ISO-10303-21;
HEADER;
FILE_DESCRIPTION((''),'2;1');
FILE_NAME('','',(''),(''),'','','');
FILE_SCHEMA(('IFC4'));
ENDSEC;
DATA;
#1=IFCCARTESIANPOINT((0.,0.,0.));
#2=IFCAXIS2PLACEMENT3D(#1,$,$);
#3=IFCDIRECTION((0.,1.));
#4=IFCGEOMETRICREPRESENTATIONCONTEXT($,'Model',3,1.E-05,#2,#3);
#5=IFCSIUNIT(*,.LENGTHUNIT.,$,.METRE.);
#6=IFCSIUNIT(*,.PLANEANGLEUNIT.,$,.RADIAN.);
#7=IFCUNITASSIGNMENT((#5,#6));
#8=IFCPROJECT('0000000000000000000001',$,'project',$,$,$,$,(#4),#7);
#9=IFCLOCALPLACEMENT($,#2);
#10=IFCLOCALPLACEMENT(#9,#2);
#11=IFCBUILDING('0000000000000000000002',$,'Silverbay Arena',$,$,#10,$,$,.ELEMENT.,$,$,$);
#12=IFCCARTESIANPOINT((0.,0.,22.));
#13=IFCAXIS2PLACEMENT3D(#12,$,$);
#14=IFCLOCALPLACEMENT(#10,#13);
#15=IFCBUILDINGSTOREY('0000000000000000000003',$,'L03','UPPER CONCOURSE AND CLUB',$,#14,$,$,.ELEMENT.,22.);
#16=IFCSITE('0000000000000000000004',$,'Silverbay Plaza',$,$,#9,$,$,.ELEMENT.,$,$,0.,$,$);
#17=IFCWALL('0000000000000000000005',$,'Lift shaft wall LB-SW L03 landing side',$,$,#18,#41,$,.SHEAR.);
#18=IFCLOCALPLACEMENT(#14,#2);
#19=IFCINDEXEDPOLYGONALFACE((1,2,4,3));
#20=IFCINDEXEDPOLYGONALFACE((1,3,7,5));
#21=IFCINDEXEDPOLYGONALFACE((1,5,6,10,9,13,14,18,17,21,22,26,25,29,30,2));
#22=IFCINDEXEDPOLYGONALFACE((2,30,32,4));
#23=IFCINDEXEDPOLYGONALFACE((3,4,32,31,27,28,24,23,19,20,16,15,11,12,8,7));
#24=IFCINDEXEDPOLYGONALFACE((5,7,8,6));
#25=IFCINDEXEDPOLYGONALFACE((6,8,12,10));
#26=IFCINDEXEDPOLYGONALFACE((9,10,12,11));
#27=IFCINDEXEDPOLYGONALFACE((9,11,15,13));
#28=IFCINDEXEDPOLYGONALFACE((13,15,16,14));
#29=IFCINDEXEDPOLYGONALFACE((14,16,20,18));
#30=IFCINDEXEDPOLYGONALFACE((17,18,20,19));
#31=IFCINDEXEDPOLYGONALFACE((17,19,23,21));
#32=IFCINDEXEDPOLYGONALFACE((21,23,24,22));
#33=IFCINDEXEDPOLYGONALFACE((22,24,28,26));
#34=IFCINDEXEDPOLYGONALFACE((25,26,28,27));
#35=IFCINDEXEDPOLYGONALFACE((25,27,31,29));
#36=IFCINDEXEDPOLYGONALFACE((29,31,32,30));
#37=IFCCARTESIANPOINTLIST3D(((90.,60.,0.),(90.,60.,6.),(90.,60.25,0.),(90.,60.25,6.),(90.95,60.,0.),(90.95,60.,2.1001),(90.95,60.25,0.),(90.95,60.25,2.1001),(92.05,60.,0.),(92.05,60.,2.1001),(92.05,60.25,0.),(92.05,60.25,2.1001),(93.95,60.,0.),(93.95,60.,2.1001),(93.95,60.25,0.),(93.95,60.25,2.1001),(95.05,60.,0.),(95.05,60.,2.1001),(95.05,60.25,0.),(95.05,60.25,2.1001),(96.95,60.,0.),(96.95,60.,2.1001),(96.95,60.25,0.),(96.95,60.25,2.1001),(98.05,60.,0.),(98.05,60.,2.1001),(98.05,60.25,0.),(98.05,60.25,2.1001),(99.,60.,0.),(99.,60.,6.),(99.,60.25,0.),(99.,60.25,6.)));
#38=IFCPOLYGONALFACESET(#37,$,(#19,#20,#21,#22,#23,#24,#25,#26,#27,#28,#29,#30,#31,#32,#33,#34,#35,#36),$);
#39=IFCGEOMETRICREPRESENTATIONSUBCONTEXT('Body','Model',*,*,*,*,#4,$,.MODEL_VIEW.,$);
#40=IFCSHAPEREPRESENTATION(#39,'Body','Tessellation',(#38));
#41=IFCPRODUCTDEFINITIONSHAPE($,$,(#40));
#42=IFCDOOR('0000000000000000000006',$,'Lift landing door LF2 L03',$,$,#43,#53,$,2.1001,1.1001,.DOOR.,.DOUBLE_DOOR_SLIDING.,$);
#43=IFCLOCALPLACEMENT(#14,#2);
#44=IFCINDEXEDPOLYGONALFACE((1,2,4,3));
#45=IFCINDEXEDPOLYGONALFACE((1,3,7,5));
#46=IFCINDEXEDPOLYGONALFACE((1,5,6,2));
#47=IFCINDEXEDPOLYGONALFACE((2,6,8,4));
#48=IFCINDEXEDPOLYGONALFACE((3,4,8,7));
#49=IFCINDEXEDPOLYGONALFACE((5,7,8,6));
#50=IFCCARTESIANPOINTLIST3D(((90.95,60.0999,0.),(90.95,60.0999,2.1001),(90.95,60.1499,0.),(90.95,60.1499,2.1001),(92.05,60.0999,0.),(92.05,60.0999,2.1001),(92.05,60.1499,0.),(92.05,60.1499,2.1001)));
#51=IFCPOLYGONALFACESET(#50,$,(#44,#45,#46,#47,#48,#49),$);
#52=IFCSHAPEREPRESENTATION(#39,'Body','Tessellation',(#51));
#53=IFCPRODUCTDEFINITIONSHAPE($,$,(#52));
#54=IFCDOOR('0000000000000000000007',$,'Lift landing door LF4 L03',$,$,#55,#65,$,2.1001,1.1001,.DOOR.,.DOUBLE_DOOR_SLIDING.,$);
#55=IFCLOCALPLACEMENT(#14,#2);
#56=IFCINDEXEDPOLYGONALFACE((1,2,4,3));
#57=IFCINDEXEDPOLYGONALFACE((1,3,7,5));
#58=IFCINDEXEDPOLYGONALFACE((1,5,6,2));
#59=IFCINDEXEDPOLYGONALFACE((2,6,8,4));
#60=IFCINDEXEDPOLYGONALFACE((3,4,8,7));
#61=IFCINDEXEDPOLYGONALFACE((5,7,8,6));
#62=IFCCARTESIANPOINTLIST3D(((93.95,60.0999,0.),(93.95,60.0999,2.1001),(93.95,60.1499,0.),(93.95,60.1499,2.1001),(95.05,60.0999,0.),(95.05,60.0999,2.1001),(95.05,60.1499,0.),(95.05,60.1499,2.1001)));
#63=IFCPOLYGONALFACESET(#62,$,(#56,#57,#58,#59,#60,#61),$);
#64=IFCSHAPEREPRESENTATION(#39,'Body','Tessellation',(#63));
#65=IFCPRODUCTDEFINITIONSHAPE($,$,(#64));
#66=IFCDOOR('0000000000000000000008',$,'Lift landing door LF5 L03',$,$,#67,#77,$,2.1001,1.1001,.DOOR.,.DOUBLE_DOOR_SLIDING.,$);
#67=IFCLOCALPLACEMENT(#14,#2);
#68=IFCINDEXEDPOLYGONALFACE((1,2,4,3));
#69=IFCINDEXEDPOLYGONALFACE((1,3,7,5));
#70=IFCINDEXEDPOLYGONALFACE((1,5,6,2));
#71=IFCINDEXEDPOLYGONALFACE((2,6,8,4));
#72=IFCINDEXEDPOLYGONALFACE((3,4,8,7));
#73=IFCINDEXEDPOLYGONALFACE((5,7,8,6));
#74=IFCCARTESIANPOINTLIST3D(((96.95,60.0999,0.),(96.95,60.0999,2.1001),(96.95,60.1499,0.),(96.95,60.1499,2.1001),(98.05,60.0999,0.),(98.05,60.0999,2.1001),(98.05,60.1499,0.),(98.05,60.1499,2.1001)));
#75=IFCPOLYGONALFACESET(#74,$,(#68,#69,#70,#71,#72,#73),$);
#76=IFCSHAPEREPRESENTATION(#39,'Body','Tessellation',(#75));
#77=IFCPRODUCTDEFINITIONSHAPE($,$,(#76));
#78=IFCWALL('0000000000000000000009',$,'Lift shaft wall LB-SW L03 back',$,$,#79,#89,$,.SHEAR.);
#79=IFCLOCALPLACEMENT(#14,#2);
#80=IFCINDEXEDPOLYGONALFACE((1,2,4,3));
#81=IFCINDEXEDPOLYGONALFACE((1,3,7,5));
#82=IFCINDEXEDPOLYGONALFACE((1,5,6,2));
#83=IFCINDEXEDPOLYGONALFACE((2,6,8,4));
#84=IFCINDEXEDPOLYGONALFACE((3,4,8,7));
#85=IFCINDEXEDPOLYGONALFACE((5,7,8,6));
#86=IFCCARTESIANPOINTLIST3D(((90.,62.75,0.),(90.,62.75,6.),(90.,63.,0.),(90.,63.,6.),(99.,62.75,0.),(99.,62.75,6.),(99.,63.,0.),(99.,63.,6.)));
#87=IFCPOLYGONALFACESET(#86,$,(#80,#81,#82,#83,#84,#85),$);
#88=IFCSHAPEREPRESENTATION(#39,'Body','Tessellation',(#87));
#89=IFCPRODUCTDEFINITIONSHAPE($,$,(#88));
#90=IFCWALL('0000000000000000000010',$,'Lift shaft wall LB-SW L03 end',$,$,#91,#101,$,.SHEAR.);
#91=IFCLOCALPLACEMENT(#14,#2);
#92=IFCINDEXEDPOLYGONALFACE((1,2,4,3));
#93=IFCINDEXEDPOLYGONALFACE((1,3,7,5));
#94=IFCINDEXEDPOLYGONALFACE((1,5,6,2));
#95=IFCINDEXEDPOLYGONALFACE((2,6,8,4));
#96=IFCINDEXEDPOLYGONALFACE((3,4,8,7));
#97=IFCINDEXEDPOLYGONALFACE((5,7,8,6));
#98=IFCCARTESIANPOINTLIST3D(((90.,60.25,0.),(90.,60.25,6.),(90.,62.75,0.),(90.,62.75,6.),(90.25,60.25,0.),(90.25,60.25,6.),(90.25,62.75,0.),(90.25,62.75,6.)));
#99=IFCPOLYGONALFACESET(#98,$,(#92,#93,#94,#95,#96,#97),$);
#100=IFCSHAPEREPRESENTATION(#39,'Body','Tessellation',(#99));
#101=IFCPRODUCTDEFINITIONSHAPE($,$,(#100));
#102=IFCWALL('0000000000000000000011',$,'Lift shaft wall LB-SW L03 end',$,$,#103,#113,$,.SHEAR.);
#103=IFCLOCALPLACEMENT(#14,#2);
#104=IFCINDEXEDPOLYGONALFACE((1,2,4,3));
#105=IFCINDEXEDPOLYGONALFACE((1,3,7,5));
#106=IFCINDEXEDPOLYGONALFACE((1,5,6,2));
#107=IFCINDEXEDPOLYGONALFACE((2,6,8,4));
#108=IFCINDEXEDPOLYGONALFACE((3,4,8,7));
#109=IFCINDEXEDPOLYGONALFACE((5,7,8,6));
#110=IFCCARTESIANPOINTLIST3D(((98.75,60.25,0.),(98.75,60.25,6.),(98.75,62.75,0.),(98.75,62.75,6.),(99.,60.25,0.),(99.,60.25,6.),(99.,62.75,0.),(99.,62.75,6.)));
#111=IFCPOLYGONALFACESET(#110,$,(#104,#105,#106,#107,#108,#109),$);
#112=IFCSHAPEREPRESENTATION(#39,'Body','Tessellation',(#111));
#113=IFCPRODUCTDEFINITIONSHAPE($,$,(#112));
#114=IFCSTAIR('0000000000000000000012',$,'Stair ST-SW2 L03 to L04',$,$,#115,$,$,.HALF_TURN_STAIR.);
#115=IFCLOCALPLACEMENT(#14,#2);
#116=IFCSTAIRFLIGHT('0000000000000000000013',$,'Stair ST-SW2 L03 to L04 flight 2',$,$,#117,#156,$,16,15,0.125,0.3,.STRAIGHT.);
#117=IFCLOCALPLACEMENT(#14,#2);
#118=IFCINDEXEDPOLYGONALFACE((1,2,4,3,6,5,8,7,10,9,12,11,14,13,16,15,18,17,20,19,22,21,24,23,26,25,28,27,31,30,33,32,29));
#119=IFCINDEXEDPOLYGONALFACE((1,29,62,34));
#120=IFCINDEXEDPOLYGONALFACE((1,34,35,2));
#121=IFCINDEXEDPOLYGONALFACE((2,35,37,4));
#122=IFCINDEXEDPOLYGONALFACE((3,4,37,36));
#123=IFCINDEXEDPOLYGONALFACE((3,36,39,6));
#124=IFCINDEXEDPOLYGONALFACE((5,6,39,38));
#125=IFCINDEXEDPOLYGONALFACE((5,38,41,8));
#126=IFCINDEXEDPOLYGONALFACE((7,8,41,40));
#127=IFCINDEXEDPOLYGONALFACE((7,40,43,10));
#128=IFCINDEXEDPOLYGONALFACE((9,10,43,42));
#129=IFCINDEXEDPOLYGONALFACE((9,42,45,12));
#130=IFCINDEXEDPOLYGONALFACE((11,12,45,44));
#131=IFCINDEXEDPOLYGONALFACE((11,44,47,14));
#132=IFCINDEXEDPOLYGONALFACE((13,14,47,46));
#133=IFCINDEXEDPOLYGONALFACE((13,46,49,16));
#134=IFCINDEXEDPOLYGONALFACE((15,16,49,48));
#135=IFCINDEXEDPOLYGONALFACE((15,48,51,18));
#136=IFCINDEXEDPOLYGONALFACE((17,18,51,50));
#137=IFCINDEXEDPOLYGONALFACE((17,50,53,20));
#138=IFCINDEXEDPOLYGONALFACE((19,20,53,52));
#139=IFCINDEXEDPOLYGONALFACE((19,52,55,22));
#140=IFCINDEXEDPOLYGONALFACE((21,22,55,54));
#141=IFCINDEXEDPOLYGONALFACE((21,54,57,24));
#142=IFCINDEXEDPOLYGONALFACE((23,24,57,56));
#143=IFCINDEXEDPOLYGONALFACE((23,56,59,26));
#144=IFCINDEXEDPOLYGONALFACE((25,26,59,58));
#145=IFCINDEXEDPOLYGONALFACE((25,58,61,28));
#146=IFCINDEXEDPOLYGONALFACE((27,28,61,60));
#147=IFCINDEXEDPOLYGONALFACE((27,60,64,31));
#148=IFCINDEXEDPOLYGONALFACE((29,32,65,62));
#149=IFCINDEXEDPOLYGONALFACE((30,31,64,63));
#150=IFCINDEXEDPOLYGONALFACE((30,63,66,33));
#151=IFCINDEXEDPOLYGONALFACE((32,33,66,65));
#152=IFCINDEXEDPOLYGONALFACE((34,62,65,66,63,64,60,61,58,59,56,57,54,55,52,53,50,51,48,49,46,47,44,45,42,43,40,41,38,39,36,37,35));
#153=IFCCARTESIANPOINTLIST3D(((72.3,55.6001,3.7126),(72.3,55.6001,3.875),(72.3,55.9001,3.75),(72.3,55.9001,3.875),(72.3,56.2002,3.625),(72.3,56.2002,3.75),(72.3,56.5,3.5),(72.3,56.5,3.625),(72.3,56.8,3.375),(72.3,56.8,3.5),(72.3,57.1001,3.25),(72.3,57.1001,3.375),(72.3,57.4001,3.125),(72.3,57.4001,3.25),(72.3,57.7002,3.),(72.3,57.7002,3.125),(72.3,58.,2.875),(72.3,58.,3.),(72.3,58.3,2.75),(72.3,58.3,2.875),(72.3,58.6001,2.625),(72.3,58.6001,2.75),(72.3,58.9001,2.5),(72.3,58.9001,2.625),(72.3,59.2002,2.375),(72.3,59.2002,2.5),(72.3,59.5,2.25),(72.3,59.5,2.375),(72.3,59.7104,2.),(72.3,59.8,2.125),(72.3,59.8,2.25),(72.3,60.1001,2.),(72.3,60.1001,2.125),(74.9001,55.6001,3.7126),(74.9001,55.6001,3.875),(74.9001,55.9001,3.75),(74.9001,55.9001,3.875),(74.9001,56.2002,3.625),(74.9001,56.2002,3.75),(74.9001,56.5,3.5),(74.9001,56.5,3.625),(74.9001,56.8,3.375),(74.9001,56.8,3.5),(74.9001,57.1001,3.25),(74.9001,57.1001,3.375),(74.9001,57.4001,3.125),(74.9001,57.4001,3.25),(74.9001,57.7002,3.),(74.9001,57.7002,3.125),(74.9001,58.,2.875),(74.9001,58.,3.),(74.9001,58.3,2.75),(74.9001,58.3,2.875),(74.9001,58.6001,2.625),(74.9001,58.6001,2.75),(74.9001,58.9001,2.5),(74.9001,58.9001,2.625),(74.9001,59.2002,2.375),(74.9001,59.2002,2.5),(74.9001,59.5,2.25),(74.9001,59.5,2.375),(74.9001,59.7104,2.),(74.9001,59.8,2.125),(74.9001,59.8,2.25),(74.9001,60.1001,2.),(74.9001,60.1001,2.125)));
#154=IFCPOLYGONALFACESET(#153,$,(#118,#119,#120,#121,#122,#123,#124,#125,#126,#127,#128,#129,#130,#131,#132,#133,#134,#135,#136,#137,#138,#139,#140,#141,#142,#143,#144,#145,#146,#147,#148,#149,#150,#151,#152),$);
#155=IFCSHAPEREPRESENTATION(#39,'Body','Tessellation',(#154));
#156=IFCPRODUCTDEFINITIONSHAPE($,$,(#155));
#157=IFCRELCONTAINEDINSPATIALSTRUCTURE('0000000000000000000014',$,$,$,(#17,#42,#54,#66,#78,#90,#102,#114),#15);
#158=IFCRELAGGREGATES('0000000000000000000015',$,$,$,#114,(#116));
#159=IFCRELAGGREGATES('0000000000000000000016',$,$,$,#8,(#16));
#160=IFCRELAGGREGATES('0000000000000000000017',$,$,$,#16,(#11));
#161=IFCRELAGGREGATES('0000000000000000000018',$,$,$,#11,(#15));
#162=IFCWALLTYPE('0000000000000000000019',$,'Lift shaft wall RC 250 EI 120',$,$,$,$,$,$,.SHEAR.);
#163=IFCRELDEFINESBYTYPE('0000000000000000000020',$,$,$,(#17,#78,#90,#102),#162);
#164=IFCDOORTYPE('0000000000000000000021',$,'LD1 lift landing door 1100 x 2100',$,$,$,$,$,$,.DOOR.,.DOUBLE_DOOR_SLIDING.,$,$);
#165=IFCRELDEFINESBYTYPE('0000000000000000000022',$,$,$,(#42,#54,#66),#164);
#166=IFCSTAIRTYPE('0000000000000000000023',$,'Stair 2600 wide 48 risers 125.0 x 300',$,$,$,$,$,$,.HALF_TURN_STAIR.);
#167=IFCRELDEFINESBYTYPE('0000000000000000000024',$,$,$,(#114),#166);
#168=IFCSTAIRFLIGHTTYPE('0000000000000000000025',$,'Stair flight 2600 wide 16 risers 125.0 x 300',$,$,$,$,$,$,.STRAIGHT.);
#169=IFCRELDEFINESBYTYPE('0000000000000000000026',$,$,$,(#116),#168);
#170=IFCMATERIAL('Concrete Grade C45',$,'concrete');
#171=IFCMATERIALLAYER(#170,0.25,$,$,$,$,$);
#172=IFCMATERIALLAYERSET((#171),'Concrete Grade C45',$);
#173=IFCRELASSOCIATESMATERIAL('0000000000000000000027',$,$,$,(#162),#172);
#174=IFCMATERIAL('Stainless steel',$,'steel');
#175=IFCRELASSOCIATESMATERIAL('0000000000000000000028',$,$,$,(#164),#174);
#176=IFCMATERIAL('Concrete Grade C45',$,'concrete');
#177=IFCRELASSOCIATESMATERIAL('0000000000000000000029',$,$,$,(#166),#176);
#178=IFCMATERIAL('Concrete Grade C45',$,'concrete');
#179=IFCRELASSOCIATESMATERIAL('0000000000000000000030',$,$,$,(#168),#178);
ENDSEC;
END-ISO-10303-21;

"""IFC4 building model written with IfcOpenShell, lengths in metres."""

from ifc_helpers import new_model, si_unit, direction, frame, frame_2d, origin, place, context, subcontext, project, spatial, polyline, rectangle, outline, extrude, material, layer, layer_set, type_object, element, fill, aggregate, save


model = new_model("IFC4")

# Units and contexts
model_context = context("Model", 3, precision=1e-05, world=origin(), true_north=direction((0.0, 1.0)))
body_context = subcontext(model_context, "Body", "Model", "MODEL_VIEW")
ifc_project = project(units=[si_unit("LENGTHUNIT", "METRE"), si_unit("PLANEANGLEUNIT", "RADIAN")], contexts=[model_context])

# Site, building, storey
site_placement = place(None, origin())
site = spatial("IfcSite", under=ifc_project, at=site_placement, Name="Silverbay Plaza", CompositionType="ELEMENT", RefElevation=0.0)
building_placement = place(site_placement, origin())
building = spatial("IfcBuilding", under=site, at=building_placement, Name="Silverbay Arena", CompositionType="ELEMENT")
storey_placement = place(building_placement, frame((0.0, 0.0, 22.0)))
storey = spatial("IfcBuildingStorey", under=building, at=storey_placement, Name="L03", Description="UPPER CONCOURSE AND CLUB", CompositionType="ELEMENT", Elevation=22.0)

# Wall, openings, doors
ifc_material_1 = material(Name="Concrete Grade C45", Category="concrete")
ifc_layer_1 = layer(ifc_material_1, 0.25)
ifc_layer_set_1 = layer_set([ifc_layer_1], Name="Concrete Grade C45")
wall_type_1 = type_object("IfcWallType", Name="Lift shaft wall RC 250 EI 120", PredefinedType="SHEAR", material=ifc_layer_set_1)
wall_1_placement = place(storey_placement, frame((90.0, 60.125, 0.0), z_axis=(0.0, 0.0, 1.0), x_axis=(1.0, 0.0, 0.0)))
wall_1 = element("IfcWall", 1, at=wall_1_placement, inside=storey, type_object=wall_type_1, Name="Lift shaft wall LB-SW L03 landing side", PredefinedType="SHEAR", context=body_context, shape_type="SweptSolid", body=[
    extrude(rectangle(XDim=9.0, YDim=0.25, at=frame_2d((4.5, 0.0))), origin(), (0.0, 0.0, 1.0), 6.0),
])
opening_1_placement = place(wall_1_placement, frame((0.95, 0.0, 0.0)))
opening_1 = element("IfcOpeningElement", 2, at=opening_1_placement, cuts=wall_1, PredefinedType="OPENING", context=body_context, shape_type="SweptSolid", body=[
    extrude(rectangle(XDim=1.1001, YDim=2.1001, at=frame_2d((0.55, 1.05))), frame((0.0, 0.135, 0.0), z_axis=(0.0, -1.0, 0.0), x_axis=(1.0, 0.0, 0.0)), (0.0, 0.0, 1.0), 0.27),
])
opening_2_placement = place(wall_1_placement, frame((3.95, 0.0, 0.0)))
opening_2 = element("IfcOpeningElement", 3, at=opening_2_placement, cuts=wall_1, PredefinedType="OPENING", context=body_context, shape_type="SweptSolid", body=[
    extrude(rectangle(XDim=1.1001, YDim=2.1001, at=frame_2d((0.55, 1.05))), frame((0.0, 0.135, 0.0), z_axis=(0.0, -1.0, 0.0), x_axis=(1.0, 0.0, 0.0)), (0.0, 0.0, 1.0), 0.27),
])
opening_3_placement = place(wall_1_placement, frame((6.95, 0.0, 0.0)))
opening_3 = element("IfcOpeningElement", 4, at=opening_3_placement, cuts=wall_1, PredefinedType="OPENING", context=body_context, shape_type="SweptSolid", body=[
    extrude(rectangle(XDim=1.1001, YDim=2.1001, at=frame_2d((0.55, 1.05))), frame((0.0, 0.135, 0.0), z_axis=(0.0, -1.0, 0.0), x_axis=(1.0, 0.0, 0.0)), (0.0, 0.0, 1.0), 0.27),
])
ifc_material_2 = material(Name="Stainless steel", Category="steel")
door_type_1 = type_object("IfcDoorType", Name="LD1 lift landing door 1100 x 2100", OperationType="DOUBLE_DOOR_SLIDING", PredefinedType="DOOR", material=ifc_material_2)
door_1_placement = place(opening_1_placement, origin())
door_1 = element("IfcDoor", 5, at=door_1_placement, inside=storey, type_object=door_type_1, Name="Lift landing door LF2 L03", OperationType="DOUBLE_DOOR_SLIDING", OverallHeight=2.1001, OverallWidth=1.1001, PredefinedType="DOOR", context=body_context, shape_type="SweptSolid", body=[
    extrude(rectangle(XDim=1.1001, YDim=2.1001, at=frame_2d((0.55, 1.05))), frame((0.0, 0.0249, 0.0), z_axis=(0.0, -1.0, 0.0), x_axis=(1.0, 0.0, 0.0)), (0.0, 0.0, 1.0), 0.05),
])
fill(opening_1, door_1)
door_2_placement = place(opening_2_placement, origin())
door_2 = element("IfcDoor", 6, at=door_2_placement, inside=storey, type_object=door_type_1, Name="Lift landing door LF4 L03", OperationType="DOUBLE_DOOR_SLIDING", OverallHeight=2.1001, OverallWidth=1.1001, PredefinedType="DOOR", context=body_context, shape_type="SweptSolid", body=[
    extrude(rectangle(XDim=1.1001, YDim=2.1001, at=frame_2d((0.55, 1.05))), frame((0.0, 0.0249, 0.0), z_axis=(0.0, -1.0, 0.0), x_axis=(1.0, 0.0, 0.0)), (0.0, 0.0, 1.0), 0.05),
])
fill(opening_2, door_2)
door_3_placement = place(opening_3_placement, origin())
door_3 = element("IfcDoor", 7, at=door_3_placement, inside=storey, type_object=door_type_1, Name="Lift landing door LF5 L03", OperationType="DOUBLE_DOOR_SLIDING", OverallHeight=2.1001, OverallWidth=1.1001, PredefinedType="DOOR", context=body_context, shape_type="SweptSolid", body=[
    extrude(rectangle(XDim=1.1001, YDim=2.1001, at=frame_2d((0.55, 1.05))), frame((0.0, 0.0249, 0.0), z_axis=(0.0, -1.0, 0.0), x_axis=(1.0, 0.0, 0.0)), (0.0, 0.0, 1.0), 0.05),
])
fill(opening_3, door_3)

# Walls
wall_2_placement = place(storey_placement, frame((90.0, 62.875, 0.0), z_axis=(0.0, 0.0, 1.0), x_axis=(1.0, 0.0, 0.0)))
element("IfcWall", 8, at=wall_2_placement, inside=storey, type_object=wall_type_1, Name="Lift shaft wall LB-SW L03 back", PredefinedType="SHEAR", context=body_context, shape_type="SweptSolid", body=[
    extrude(rectangle(XDim=9.0, YDim=0.25, at=frame_2d((4.5, 0.0))), origin(), (0.0, 0.0, 1.0), 6.0),
])
for number, where, z_axis, x_axis, name in (
    (9, (90.125, 60.25, 0.0), (0.0, 0.0, 1.0), (0.0, 1.0, 0.0), "Lift shaft wall LB-SW L03 end"),
    (10, (98.875, 60.25, 0.0), (0.0, 0.0, 1.0), (0.0, 1.0, 0.0), "Lift shaft wall LB-SW L03 end"),
):
    element("IfcWall", number, at=place(storey_placement, frame(where, z_axis=z_axis, x_axis=x_axis)), inside=storey, type_object=wall_type_1, Name=name, PredefinedType="SHEAR", context=body_context, shape_type="SweptSolid", body=[
        extrude(rectangle(XDim=2.5, YDim=0.25, at=frame_2d((1.25, 0.0))), origin(), (0.0, 0.0, 1.0), 6.0),
    ])

# Stair, stair flight
ifc_material_3 = material(Name="Concrete Grade C45", Category="concrete")
stair_type = type_object("IfcStairType", Name="Stair 2600 wide 48 risers 125.0 x 300", PredefinedType="HALF_TURN_STAIR", material=ifc_material_3)
stair_placement = place(storey_placement, origin())
stair = element("IfcStair", 11, at=stair_placement, inside=storey, type_object=stair_type, Name="Stair ST-SW2 L03 to L04", PredefinedType="HALF_TURN_STAIR")
ifc_material_4 = material(Name="Concrete Grade C45", Category="concrete")
stair_flight_type = type_object("IfcStairFlightType", Name="Stair flight 2600 wide 16 risers 125.0 x 300", PredefinedType="STRAIGHT", material=ifc_material_4)
stair_flight_placement = place(storey_placement, frame((73.6001, 60.1001, 2.0), z_axis=(0.0, 0.0, 1.0), x_axis=(0.0, -1.0, 0.0)))
stair_flight = element("IfcStairFlight", 12, at=stair_flight_placement, type_object=stair_flight_type, Name="Stair ST-SW2 L03 to L04 flight 2", NumberOfRisers=16, NumberOfTreads=15, PredefinedType="STRAIGHT", RiserHeight=0.125, TreadLength=0.3, context=body_context, shape_type="SweptSolid", body=[
    extrude(outline(polyline([(0.0, 0.0), (0.0, 0.125), (0.3, 0.125), (0.3, 0.25), (0.6001, 0.25), (0.6001, 0.375), (0.8999, 0.375), (0.8999, 0.5), (1.2, 0.5), (1.2, 0.625), (1.5, 0.625), (1.5, 0.75), (1.8, 0.75), (1.8, 0.875), (2.1001, 0.875), (2.1001, 1.0), (2.3999, 1.0), (2.3999, 1.125), (2.7, 1.125), (2.7, 1.25), (3.0, 1.25), (3.0, 1.375), (3.3, 1.375), (3.3, 1.5), (3.6001, 1.5), (3.6001, 1.625), (3.8999, 1.625), (3.8999, 1.75), (4.2, 1.75), (4.2, 1.875), (4.5, 1.875), (4.5, 1.7126), (0.3896, 0.0), (0.0, 0.0)])), frame((0.0, 1.3, 0.0), z_axis=(0.0, -1.0, 0.0), x_axis=(1.0, 0.0, 0.0)), (0.0, 0.0, 1.0), 2.6001),
])
aggregate(stair, [stair_flight])

save(model, "model.ifc")
